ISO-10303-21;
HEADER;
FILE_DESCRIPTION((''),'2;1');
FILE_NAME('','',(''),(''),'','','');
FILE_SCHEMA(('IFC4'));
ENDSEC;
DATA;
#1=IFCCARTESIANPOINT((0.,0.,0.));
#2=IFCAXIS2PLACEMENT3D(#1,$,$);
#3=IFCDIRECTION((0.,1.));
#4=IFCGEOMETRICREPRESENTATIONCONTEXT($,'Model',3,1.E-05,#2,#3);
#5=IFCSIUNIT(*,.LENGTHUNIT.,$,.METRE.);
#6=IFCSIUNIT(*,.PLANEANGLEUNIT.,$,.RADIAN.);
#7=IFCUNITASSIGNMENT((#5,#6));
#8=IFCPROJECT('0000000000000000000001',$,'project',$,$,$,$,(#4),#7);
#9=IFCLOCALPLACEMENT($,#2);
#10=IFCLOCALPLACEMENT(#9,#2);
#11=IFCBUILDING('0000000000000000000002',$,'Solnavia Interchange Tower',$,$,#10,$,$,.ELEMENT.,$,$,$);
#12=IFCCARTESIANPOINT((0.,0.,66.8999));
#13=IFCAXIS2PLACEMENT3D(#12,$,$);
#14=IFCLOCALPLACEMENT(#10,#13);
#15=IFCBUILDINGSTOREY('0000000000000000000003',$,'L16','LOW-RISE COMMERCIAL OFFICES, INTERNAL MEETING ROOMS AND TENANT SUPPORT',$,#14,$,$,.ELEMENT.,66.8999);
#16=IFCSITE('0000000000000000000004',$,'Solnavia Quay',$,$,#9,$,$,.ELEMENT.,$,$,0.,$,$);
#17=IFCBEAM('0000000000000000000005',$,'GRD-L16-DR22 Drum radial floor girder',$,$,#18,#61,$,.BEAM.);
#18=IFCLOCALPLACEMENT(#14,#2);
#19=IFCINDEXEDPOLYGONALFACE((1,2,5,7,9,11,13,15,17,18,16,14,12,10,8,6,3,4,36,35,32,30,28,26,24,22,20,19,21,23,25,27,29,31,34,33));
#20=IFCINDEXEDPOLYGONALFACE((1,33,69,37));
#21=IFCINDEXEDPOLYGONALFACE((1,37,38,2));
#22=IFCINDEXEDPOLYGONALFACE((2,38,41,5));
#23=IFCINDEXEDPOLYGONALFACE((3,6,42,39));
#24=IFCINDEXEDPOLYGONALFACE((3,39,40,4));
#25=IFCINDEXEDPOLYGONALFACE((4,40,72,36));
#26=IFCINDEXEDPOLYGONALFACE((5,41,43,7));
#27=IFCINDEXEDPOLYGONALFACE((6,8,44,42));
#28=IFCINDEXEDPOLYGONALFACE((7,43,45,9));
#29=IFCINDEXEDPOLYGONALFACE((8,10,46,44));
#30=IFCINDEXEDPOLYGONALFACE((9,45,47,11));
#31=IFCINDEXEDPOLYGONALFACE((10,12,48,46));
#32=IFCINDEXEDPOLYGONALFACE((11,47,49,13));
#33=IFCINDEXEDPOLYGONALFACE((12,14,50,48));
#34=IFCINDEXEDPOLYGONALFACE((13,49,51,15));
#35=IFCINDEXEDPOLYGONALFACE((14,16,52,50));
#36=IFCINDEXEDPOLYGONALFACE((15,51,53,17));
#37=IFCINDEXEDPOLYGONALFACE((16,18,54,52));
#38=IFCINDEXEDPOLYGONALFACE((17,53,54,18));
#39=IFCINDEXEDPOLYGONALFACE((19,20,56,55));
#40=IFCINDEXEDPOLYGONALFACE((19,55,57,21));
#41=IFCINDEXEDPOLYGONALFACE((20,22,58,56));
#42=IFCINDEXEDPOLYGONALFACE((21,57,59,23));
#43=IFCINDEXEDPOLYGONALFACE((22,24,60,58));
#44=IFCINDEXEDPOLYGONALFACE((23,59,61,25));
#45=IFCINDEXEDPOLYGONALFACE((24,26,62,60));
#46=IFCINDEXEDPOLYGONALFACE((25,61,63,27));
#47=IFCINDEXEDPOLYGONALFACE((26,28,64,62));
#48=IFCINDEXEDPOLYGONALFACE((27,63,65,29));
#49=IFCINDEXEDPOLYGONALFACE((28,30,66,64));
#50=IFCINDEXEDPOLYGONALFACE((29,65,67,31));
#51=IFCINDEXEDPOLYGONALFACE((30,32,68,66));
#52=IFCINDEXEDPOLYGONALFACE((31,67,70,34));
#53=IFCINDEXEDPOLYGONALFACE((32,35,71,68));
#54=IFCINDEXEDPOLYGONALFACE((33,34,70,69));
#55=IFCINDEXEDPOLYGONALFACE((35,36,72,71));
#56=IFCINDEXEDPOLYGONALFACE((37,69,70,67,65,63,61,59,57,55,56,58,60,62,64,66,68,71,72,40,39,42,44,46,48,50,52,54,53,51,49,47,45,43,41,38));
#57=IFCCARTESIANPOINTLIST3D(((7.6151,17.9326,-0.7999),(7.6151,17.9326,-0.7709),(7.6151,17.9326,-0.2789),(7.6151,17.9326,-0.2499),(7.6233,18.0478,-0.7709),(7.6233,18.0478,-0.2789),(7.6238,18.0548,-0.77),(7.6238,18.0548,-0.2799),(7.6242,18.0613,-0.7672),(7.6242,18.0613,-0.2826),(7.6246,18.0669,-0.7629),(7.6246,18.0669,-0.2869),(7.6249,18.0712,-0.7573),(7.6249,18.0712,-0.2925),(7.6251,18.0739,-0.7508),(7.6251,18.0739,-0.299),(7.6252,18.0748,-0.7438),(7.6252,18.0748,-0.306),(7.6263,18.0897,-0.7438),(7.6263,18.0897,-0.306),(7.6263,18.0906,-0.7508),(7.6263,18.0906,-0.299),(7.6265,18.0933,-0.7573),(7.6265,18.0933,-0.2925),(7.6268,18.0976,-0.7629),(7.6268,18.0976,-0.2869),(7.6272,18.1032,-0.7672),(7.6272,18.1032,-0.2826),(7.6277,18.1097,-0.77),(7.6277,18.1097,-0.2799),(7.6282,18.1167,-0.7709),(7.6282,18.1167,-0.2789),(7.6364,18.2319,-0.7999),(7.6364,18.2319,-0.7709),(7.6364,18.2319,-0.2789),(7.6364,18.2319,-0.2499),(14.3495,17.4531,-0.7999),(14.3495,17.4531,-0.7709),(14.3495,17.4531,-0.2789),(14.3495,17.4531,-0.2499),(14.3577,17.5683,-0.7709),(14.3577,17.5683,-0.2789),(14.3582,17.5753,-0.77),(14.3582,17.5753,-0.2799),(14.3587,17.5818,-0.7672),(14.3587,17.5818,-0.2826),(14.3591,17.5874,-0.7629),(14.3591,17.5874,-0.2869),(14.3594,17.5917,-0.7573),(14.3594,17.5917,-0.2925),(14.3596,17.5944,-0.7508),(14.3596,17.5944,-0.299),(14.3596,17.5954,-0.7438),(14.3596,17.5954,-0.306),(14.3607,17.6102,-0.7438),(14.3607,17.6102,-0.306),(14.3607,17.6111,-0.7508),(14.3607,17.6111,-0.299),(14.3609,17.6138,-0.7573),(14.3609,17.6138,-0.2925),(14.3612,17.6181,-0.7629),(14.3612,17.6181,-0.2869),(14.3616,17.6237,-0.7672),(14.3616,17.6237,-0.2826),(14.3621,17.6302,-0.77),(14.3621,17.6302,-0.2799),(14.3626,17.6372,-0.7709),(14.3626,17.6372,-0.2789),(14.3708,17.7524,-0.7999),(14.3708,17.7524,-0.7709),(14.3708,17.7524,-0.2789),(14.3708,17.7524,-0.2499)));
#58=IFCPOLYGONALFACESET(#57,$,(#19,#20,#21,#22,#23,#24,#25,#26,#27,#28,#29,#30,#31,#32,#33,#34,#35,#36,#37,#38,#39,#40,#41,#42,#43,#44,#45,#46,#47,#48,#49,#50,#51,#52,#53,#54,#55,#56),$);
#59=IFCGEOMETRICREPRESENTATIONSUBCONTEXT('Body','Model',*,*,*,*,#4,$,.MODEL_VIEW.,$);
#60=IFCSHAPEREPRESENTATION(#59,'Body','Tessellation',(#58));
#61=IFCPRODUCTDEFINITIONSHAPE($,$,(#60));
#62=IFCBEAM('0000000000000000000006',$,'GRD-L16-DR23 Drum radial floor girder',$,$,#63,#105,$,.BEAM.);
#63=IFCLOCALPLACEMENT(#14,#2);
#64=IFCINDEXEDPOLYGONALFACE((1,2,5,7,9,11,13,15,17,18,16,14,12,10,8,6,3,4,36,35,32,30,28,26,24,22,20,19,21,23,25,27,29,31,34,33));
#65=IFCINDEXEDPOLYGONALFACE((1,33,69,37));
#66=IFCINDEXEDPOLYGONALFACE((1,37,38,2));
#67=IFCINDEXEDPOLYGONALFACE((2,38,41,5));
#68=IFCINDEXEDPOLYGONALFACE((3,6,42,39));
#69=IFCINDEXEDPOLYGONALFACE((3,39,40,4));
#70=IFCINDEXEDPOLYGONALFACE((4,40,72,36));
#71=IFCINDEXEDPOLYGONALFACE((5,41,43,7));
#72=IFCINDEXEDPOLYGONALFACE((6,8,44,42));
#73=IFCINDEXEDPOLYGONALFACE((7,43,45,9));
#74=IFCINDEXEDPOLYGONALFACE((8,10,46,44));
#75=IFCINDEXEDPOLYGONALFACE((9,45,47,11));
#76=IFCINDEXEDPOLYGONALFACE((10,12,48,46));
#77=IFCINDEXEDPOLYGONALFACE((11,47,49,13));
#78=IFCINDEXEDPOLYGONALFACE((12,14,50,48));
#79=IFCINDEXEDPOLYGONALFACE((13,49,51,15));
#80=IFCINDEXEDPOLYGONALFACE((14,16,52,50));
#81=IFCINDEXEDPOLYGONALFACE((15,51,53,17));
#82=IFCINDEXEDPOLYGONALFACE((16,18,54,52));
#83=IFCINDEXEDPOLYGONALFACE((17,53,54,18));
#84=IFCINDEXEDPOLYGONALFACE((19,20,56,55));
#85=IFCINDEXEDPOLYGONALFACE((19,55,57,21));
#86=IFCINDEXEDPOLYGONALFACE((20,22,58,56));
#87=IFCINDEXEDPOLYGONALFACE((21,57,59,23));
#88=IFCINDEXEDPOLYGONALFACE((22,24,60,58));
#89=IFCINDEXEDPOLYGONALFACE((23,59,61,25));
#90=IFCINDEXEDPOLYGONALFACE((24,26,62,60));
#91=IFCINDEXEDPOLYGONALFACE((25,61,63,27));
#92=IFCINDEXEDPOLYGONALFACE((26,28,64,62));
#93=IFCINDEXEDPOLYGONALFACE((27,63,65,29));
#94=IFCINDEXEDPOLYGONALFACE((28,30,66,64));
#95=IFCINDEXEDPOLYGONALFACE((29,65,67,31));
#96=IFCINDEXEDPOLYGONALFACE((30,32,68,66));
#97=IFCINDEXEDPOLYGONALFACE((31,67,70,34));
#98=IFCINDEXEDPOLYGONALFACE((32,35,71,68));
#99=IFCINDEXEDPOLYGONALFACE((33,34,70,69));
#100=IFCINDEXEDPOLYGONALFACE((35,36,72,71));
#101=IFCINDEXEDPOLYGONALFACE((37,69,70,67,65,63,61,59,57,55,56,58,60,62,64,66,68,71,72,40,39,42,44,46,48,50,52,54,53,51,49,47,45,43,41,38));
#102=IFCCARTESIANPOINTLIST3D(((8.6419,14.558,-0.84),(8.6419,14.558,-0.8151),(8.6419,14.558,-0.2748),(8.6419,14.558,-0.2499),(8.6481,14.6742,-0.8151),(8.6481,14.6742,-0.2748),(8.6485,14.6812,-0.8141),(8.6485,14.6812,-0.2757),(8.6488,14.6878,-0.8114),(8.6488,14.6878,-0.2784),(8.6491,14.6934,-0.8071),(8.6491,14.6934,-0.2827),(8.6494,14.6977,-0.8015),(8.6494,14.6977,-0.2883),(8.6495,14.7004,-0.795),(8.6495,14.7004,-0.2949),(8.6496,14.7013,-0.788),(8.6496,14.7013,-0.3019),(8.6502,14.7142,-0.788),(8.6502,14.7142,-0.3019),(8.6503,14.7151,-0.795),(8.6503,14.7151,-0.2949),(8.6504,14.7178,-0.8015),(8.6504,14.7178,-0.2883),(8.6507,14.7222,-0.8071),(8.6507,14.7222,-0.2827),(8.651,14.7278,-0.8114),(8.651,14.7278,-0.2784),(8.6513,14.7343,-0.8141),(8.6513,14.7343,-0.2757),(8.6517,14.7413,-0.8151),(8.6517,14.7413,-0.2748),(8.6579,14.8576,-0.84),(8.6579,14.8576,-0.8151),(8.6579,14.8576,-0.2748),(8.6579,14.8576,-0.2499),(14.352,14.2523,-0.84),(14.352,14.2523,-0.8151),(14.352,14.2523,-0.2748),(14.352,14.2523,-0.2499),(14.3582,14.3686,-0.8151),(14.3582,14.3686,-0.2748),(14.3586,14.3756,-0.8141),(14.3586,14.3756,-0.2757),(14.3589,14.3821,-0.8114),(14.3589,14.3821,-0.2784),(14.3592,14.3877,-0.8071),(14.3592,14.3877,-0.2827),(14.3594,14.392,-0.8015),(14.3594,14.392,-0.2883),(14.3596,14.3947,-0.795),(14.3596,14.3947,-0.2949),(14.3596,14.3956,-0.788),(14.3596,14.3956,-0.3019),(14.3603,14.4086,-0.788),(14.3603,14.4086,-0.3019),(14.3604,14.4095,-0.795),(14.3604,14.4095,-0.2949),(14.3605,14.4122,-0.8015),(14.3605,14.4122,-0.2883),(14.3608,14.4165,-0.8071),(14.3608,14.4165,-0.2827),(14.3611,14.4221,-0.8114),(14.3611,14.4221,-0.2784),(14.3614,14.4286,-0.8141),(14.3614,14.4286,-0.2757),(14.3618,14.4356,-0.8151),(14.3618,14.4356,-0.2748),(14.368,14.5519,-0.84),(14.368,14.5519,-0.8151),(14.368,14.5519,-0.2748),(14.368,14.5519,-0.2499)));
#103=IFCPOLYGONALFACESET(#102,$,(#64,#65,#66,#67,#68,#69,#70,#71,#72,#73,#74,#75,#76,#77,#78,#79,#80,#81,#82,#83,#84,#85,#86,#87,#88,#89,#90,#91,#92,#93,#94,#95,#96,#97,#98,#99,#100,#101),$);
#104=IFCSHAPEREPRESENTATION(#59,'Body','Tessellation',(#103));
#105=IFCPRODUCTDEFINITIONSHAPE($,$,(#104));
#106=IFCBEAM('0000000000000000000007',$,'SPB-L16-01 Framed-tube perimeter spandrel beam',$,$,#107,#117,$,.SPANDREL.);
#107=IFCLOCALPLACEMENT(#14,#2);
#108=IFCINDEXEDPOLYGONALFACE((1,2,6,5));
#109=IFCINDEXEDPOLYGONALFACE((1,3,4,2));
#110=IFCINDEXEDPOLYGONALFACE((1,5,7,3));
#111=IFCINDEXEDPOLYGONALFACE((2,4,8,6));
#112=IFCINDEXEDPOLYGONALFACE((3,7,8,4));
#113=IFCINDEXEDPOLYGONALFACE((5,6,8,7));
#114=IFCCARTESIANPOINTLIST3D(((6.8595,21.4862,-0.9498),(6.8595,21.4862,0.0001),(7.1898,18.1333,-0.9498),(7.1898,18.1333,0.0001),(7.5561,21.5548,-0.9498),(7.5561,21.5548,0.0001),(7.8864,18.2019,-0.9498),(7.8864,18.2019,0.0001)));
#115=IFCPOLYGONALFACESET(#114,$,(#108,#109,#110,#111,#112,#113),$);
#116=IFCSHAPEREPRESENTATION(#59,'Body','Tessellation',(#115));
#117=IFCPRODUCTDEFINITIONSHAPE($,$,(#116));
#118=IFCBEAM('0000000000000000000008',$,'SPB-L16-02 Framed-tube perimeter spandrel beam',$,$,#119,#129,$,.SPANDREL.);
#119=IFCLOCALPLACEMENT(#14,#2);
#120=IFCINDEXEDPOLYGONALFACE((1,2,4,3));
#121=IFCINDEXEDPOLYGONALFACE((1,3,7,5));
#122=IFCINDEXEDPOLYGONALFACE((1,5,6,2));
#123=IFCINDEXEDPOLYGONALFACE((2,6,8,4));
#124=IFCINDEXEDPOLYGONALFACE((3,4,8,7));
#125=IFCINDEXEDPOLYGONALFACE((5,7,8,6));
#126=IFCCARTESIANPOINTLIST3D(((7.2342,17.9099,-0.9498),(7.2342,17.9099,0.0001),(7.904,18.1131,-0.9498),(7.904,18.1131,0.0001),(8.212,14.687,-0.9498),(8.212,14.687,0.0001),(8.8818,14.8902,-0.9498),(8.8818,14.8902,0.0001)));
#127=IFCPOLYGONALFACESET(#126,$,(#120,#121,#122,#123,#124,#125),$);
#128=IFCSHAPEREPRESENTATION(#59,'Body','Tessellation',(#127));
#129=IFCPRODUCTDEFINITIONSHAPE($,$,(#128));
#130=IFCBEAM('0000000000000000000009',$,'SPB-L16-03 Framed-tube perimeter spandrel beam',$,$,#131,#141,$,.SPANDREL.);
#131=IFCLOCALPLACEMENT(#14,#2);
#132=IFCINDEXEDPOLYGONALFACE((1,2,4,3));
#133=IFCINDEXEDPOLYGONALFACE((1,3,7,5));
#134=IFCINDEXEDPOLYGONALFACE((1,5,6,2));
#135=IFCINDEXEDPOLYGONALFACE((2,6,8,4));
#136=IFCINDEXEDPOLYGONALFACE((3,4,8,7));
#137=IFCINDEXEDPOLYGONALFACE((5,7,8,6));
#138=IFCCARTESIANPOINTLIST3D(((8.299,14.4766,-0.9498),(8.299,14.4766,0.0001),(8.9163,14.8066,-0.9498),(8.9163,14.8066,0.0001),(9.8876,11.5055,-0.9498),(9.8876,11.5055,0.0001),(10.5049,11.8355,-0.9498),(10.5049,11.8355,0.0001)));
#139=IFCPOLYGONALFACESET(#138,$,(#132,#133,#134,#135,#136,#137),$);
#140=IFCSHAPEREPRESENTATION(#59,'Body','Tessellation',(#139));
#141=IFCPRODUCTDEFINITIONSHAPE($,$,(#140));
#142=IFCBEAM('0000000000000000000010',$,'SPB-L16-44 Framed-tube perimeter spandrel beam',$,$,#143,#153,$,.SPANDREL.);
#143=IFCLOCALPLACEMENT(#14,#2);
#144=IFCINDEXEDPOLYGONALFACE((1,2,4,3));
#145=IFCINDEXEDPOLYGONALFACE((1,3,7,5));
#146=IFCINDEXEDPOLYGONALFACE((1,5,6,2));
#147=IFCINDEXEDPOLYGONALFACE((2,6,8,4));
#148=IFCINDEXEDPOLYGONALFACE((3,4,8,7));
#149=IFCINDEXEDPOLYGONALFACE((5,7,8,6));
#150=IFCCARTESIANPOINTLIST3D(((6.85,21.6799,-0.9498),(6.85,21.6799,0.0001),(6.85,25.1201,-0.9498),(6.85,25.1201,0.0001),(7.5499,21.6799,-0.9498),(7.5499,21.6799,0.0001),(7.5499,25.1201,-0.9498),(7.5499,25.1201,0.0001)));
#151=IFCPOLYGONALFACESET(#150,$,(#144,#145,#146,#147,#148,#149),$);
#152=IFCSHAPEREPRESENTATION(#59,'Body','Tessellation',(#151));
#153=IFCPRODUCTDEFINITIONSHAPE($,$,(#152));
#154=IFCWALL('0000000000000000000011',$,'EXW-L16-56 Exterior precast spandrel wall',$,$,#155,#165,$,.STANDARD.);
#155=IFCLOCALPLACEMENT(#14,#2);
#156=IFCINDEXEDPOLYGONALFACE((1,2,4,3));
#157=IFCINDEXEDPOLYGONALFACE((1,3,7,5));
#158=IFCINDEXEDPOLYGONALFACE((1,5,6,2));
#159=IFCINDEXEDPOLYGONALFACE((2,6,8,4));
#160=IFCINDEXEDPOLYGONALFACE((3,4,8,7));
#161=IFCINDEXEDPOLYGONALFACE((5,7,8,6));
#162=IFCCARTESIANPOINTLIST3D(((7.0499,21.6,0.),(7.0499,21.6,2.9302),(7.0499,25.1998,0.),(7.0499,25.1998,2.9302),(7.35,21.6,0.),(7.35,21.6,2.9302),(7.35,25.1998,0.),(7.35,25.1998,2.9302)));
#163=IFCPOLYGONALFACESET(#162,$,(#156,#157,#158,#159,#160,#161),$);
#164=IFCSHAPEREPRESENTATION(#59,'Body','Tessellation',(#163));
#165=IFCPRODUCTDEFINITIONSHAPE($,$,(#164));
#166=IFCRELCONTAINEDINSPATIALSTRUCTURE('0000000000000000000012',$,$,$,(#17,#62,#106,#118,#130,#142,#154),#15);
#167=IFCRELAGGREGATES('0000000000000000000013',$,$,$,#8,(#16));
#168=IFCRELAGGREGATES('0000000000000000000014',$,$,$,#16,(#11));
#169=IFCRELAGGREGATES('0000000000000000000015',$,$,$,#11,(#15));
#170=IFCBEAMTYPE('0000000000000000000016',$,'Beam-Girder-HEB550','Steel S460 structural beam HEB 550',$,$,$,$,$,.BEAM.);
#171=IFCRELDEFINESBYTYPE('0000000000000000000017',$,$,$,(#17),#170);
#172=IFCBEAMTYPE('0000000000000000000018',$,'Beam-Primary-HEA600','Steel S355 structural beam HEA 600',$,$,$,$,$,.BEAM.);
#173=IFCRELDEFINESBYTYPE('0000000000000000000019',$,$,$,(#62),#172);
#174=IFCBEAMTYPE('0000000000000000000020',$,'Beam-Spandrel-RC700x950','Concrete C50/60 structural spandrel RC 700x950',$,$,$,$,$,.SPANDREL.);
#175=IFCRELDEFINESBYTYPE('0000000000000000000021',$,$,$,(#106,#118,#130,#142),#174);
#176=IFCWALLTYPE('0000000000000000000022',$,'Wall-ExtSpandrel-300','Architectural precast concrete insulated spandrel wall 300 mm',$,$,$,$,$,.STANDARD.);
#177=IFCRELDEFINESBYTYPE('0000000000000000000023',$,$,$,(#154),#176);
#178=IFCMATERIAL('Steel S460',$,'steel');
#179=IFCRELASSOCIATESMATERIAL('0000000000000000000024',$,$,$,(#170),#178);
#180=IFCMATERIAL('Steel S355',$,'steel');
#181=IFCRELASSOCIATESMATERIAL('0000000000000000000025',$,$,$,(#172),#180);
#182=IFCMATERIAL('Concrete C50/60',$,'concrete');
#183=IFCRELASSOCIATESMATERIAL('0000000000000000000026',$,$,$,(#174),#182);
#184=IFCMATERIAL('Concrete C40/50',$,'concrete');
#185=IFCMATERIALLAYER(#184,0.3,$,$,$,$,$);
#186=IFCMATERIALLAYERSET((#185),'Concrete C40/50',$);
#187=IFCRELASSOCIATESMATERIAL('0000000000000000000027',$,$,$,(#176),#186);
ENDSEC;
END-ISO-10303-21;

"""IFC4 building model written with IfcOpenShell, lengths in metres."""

from ifc_helpers import new_model, si_unit, direction, frame, frame_2d, origin, origin_2d, place, context, subcontext, project, spatial, rectangle, i_section, extrude, material, layer, layer_set, material_profile, profile_set, type_object, element, save


model = new_model("IFC4")

# Units and contexts
model_context = context("Model", 3, precision=1e-05, world=origin(), true_north=direction((0.0, 1.0)))
body_context = subcontext(model_context, "Body", "Model", "MODEL_VIEW")
ifc_project = project(units=[si_unit("LENGTHUNIT", "METRE"), si_unit("PLANEANGLEUNIT", "RADIAN")], contexts=[model_context])

# Site, building, storey
site_placement = place(None, origin())
site = spatial("IfcSite", under=ifc_project, at=site_placement, Name="Solnavia Quay", CompositionType="ELEMENT", RefElevation=0.0)
building_placement = place(site_placement, origin())
building = spatial("IfcBuilding", under=site, at=building_placement, Name="Solnavia Interchange Tower", CompositionType="ELEMENT")
storey_placement = place(building_placement, frame((0.0, 0.0, 66.8999)))
storey = spatial("IfcBuildingStorey", under=building, at=storey_placement, Name="L16", Description="LOW-RISE COMMERCIAL OFFICES, INTERNAL MEETING ROOMS AND TENANT SUPPORT", CompositionType="ELEMENT", Elevation=66.8999)

# Beams
ifc_material_1 = material(Name="Concrete C50/60", Category="concrete")
ifc_material_2 = material(Name="Steel S460", Category="steel")
ifc_material_profile_1 = material_profile(ifc_material_2, i_section(OverallWidth=0.3, OverallDepth=0.55, WebThickness=0.0149, FlangeThickness=0.0291, FilletRadius=0.0271, at=origin_2d()), Name="HEB 550")
ifc_profile_set_1 = profile_set([ifc_material_profile_1], Name="Steel S460")
beam_type_1 = type_object("IfcBeamType", Name="Beam-Girder-HEB550", Description="Steel S460 structural beam HEB 550", PredefinedType="BEAM", material=ifc_profile_set_1)
beam_1_placement = place(storey_placement, frame((7.6257, 18.0823, -0.5249), z_axis=(0.997475, -0.071021, 0.0), x_axis=(0.071021, 0.997475, 0.0)))
element("IfcBeam", 1, at=beam_1_placement, inside=storey, type_object=beam_type_1, Name="GRD-L16-DR22 Drum radial floor girder", PredefinedType="BEAM", context=body_context, shape_type="SweptSolid", body=[
    extrude(i_section(OverallWidth=0.3, OverallDepth=0.55, WebThickness=0.0149, FlangeThickness=0.0291, FilletRadius=0.0271, at=origin_2d()), origin(), (0.0, 0.0, 1.0), 6.7515),
])
ifc_material_3 = material(Name="Steel S355", Category="steel")
ifc_material_profile_2 = material_profile(ifc_material_3, i_section(OverallWidth=0.3, OverallDepth=0.5901, WebThickness=0.0129, FlangeThickness=0.0249, FilletRadius=0.0271, at=origin_2d()), Name="HEA 600")
ifc_profile_set_2 = profile_set([ifc_material_profile_2], Name="Steel S355")
beam_type_2 = type_object("IfcBeamType", Name="Beam-Primary-HEA600", Description="Steel S355 structural beam HEA 600", PredefinedType="BEAM", material=ifc_profile_set_2)
beam_2_placement = place(storey_placement, frame((8.6499, 14.7078, -0.5449), z_axis=(0.99857, -0.053453, 0.0), x_axis=(0.053453, 0.99857, 0.0)))
element("IfcBeam", 2, at=beam_2_placement, inside=storey, type_object=beam_type_2, Name="GRD-L16-DR23 Drum radial floor girder", PredefinedType="BEAM", context=body_context, shape_type="SweptSolid", body=[
    extrude(i_section(OverallWidth=0.3, OverallDepth=0.5901, WebThickness=0.0129, FlangeThickness=0.0249, FilletRadius=0.0271, at=origin_2d()), origin(), (0.0, 0.0, 1.0), 5.7183),
])
ifc_material_profile_3 = material_profile(ifc_material_1, rectangle(XDim=0.7, YDim=0.95, at=origin_2d()), Name="RC 700x950")
ifc_profile_set_3 = profile_set([ifc_material_profile_3], Name="Concrete C50/60")
beam_type_3 = type_object("IfcBeamType", Name="Beam-Spandrel-RC700x950", Description="Concrete C50/60 structural spandrel RC 700x950", PredefinedType="SPANDREL", material=ifc_profile_set_3)
beam_3_placement = place(storey_placement, frame((7.2078, 21.5205, -0.4749), z_axis=(0.09804, -0.995182, 0.0), x_axis=(0.995182, 0.09804, 0.0)))
element("IfcBeam", 3, at=beam_3_placement, inside=storey, type_object=beam_type_3, Name="SPB-L16-01 Framed-tube perimeter spandrel beam", PredefinedType="SPANDREL", context=body_context, shape_type="SweptSolid", body=[
    extrude(rectangle(XDim=0.7, YDim=0.95, at=origin_2d()), origin(), (0.0, 0.0, 1.0), 3.3691),
])
beam_4_placement = place(storey_placement, frame((7.5691, 18.0115, -0.4749), z_axis=(0.290319, -0.95693, 0.0), x_axis=(0.95693, 0.290319, 0.0)))
element("IfcBeam", 4, at=beam_4_placement, inside=storey, type_object=beam_type_3, Name="SPB-L16-02 Framed-tube perimeter spandrel beam", PredefinedType="SPANDREL", context=body_context, shape_type="SweptSolid", body=[
    extrude(rectangle(XDim=0.7, YDim=0.95, at=origin_2d()), origin(), (0.0, 0.0, 1.0), 3.3679),
])
beam_5_placement = place(storey_placement, frame((8.6077, 14.6416, -0.4749), z_axis=(0.471509, -0.881861, 0.0), x_axis=(0.881861, 0.471509, 0.0)))
element("IfcBeam", 5, at=beam_5_placement, inside=storey, type_object=beam_type_3, Name="SPB-L16-03 Framed-tube perimeter spandrel beam", PredefinedType="SPANDREL", context=body_context, shape_type="SweptSolid", body=[
    extrude(rectangle(XDim=0.7, YDim=0.95, at=origin_2d()), origin(), (0.0, 0.0, 1.0), 3.3691),
])
beam_6_placement = place(storey_placement, frame((7.2, 25.1201, -0.4749), z_axis=(0.0, -1.0, 0.0), x_axis=(1.0, 0.0, 0.0)))
element("IfcBeam", 6, at=beam_6_placement, inside=storey, type_object=beam_type_3, Name="SPB-L16-44 Framed-tube perimeter spandrel beam", PredefinedType="SPANDREL", context=body_context, shape_type="SweptSolid", body=[
    extrude(rectangle(XDim=0.7, YDim=0.95, at=origin_2d()), origin(), (0.0, 0.0, 1.0), 3.4402),
])

# Wall
ifc_material_4 = material(Name="Concrete C40/50", Category="concrete")
ifc_layer_1 = layer(ifc_material_4, 0.3)
ifc_layer_set_1 = layer_set([ifc_layer_1], Name="Concrete C40/50")
wall_type_1 = type_object("IfcWallType", Name="Wall-ExtSpandrel-300", Description="Architectural precast concrete insulated spandrel wall 300 mm", PredefinedType="STANDARD", material=ifc_layer_set_1)
wall_1_placement = place(storey_placement, frame((7.2, 21.6001, 0.0), z_axis=(0.0, 0.0, 1.0), x_axis=(0.0, 1.0, 0.0)))
element("IfcWall", 7, at=wall_1_placement, inside=storey, type_object=wall_type_1, Name="EXW-L16-56 Exterior precast spandrel wall", PredefinedType="STANDARD", context=body_context, shape_type="SweptSolid", body=[
    extrude(rectangle(XDim=3.5999, YDim=0.3, at=frame_2d((1.7998, 0.0))), origin(), (0.0, 0.0, 1.0), 2.9302),
])

save(model, "model.ifc")
